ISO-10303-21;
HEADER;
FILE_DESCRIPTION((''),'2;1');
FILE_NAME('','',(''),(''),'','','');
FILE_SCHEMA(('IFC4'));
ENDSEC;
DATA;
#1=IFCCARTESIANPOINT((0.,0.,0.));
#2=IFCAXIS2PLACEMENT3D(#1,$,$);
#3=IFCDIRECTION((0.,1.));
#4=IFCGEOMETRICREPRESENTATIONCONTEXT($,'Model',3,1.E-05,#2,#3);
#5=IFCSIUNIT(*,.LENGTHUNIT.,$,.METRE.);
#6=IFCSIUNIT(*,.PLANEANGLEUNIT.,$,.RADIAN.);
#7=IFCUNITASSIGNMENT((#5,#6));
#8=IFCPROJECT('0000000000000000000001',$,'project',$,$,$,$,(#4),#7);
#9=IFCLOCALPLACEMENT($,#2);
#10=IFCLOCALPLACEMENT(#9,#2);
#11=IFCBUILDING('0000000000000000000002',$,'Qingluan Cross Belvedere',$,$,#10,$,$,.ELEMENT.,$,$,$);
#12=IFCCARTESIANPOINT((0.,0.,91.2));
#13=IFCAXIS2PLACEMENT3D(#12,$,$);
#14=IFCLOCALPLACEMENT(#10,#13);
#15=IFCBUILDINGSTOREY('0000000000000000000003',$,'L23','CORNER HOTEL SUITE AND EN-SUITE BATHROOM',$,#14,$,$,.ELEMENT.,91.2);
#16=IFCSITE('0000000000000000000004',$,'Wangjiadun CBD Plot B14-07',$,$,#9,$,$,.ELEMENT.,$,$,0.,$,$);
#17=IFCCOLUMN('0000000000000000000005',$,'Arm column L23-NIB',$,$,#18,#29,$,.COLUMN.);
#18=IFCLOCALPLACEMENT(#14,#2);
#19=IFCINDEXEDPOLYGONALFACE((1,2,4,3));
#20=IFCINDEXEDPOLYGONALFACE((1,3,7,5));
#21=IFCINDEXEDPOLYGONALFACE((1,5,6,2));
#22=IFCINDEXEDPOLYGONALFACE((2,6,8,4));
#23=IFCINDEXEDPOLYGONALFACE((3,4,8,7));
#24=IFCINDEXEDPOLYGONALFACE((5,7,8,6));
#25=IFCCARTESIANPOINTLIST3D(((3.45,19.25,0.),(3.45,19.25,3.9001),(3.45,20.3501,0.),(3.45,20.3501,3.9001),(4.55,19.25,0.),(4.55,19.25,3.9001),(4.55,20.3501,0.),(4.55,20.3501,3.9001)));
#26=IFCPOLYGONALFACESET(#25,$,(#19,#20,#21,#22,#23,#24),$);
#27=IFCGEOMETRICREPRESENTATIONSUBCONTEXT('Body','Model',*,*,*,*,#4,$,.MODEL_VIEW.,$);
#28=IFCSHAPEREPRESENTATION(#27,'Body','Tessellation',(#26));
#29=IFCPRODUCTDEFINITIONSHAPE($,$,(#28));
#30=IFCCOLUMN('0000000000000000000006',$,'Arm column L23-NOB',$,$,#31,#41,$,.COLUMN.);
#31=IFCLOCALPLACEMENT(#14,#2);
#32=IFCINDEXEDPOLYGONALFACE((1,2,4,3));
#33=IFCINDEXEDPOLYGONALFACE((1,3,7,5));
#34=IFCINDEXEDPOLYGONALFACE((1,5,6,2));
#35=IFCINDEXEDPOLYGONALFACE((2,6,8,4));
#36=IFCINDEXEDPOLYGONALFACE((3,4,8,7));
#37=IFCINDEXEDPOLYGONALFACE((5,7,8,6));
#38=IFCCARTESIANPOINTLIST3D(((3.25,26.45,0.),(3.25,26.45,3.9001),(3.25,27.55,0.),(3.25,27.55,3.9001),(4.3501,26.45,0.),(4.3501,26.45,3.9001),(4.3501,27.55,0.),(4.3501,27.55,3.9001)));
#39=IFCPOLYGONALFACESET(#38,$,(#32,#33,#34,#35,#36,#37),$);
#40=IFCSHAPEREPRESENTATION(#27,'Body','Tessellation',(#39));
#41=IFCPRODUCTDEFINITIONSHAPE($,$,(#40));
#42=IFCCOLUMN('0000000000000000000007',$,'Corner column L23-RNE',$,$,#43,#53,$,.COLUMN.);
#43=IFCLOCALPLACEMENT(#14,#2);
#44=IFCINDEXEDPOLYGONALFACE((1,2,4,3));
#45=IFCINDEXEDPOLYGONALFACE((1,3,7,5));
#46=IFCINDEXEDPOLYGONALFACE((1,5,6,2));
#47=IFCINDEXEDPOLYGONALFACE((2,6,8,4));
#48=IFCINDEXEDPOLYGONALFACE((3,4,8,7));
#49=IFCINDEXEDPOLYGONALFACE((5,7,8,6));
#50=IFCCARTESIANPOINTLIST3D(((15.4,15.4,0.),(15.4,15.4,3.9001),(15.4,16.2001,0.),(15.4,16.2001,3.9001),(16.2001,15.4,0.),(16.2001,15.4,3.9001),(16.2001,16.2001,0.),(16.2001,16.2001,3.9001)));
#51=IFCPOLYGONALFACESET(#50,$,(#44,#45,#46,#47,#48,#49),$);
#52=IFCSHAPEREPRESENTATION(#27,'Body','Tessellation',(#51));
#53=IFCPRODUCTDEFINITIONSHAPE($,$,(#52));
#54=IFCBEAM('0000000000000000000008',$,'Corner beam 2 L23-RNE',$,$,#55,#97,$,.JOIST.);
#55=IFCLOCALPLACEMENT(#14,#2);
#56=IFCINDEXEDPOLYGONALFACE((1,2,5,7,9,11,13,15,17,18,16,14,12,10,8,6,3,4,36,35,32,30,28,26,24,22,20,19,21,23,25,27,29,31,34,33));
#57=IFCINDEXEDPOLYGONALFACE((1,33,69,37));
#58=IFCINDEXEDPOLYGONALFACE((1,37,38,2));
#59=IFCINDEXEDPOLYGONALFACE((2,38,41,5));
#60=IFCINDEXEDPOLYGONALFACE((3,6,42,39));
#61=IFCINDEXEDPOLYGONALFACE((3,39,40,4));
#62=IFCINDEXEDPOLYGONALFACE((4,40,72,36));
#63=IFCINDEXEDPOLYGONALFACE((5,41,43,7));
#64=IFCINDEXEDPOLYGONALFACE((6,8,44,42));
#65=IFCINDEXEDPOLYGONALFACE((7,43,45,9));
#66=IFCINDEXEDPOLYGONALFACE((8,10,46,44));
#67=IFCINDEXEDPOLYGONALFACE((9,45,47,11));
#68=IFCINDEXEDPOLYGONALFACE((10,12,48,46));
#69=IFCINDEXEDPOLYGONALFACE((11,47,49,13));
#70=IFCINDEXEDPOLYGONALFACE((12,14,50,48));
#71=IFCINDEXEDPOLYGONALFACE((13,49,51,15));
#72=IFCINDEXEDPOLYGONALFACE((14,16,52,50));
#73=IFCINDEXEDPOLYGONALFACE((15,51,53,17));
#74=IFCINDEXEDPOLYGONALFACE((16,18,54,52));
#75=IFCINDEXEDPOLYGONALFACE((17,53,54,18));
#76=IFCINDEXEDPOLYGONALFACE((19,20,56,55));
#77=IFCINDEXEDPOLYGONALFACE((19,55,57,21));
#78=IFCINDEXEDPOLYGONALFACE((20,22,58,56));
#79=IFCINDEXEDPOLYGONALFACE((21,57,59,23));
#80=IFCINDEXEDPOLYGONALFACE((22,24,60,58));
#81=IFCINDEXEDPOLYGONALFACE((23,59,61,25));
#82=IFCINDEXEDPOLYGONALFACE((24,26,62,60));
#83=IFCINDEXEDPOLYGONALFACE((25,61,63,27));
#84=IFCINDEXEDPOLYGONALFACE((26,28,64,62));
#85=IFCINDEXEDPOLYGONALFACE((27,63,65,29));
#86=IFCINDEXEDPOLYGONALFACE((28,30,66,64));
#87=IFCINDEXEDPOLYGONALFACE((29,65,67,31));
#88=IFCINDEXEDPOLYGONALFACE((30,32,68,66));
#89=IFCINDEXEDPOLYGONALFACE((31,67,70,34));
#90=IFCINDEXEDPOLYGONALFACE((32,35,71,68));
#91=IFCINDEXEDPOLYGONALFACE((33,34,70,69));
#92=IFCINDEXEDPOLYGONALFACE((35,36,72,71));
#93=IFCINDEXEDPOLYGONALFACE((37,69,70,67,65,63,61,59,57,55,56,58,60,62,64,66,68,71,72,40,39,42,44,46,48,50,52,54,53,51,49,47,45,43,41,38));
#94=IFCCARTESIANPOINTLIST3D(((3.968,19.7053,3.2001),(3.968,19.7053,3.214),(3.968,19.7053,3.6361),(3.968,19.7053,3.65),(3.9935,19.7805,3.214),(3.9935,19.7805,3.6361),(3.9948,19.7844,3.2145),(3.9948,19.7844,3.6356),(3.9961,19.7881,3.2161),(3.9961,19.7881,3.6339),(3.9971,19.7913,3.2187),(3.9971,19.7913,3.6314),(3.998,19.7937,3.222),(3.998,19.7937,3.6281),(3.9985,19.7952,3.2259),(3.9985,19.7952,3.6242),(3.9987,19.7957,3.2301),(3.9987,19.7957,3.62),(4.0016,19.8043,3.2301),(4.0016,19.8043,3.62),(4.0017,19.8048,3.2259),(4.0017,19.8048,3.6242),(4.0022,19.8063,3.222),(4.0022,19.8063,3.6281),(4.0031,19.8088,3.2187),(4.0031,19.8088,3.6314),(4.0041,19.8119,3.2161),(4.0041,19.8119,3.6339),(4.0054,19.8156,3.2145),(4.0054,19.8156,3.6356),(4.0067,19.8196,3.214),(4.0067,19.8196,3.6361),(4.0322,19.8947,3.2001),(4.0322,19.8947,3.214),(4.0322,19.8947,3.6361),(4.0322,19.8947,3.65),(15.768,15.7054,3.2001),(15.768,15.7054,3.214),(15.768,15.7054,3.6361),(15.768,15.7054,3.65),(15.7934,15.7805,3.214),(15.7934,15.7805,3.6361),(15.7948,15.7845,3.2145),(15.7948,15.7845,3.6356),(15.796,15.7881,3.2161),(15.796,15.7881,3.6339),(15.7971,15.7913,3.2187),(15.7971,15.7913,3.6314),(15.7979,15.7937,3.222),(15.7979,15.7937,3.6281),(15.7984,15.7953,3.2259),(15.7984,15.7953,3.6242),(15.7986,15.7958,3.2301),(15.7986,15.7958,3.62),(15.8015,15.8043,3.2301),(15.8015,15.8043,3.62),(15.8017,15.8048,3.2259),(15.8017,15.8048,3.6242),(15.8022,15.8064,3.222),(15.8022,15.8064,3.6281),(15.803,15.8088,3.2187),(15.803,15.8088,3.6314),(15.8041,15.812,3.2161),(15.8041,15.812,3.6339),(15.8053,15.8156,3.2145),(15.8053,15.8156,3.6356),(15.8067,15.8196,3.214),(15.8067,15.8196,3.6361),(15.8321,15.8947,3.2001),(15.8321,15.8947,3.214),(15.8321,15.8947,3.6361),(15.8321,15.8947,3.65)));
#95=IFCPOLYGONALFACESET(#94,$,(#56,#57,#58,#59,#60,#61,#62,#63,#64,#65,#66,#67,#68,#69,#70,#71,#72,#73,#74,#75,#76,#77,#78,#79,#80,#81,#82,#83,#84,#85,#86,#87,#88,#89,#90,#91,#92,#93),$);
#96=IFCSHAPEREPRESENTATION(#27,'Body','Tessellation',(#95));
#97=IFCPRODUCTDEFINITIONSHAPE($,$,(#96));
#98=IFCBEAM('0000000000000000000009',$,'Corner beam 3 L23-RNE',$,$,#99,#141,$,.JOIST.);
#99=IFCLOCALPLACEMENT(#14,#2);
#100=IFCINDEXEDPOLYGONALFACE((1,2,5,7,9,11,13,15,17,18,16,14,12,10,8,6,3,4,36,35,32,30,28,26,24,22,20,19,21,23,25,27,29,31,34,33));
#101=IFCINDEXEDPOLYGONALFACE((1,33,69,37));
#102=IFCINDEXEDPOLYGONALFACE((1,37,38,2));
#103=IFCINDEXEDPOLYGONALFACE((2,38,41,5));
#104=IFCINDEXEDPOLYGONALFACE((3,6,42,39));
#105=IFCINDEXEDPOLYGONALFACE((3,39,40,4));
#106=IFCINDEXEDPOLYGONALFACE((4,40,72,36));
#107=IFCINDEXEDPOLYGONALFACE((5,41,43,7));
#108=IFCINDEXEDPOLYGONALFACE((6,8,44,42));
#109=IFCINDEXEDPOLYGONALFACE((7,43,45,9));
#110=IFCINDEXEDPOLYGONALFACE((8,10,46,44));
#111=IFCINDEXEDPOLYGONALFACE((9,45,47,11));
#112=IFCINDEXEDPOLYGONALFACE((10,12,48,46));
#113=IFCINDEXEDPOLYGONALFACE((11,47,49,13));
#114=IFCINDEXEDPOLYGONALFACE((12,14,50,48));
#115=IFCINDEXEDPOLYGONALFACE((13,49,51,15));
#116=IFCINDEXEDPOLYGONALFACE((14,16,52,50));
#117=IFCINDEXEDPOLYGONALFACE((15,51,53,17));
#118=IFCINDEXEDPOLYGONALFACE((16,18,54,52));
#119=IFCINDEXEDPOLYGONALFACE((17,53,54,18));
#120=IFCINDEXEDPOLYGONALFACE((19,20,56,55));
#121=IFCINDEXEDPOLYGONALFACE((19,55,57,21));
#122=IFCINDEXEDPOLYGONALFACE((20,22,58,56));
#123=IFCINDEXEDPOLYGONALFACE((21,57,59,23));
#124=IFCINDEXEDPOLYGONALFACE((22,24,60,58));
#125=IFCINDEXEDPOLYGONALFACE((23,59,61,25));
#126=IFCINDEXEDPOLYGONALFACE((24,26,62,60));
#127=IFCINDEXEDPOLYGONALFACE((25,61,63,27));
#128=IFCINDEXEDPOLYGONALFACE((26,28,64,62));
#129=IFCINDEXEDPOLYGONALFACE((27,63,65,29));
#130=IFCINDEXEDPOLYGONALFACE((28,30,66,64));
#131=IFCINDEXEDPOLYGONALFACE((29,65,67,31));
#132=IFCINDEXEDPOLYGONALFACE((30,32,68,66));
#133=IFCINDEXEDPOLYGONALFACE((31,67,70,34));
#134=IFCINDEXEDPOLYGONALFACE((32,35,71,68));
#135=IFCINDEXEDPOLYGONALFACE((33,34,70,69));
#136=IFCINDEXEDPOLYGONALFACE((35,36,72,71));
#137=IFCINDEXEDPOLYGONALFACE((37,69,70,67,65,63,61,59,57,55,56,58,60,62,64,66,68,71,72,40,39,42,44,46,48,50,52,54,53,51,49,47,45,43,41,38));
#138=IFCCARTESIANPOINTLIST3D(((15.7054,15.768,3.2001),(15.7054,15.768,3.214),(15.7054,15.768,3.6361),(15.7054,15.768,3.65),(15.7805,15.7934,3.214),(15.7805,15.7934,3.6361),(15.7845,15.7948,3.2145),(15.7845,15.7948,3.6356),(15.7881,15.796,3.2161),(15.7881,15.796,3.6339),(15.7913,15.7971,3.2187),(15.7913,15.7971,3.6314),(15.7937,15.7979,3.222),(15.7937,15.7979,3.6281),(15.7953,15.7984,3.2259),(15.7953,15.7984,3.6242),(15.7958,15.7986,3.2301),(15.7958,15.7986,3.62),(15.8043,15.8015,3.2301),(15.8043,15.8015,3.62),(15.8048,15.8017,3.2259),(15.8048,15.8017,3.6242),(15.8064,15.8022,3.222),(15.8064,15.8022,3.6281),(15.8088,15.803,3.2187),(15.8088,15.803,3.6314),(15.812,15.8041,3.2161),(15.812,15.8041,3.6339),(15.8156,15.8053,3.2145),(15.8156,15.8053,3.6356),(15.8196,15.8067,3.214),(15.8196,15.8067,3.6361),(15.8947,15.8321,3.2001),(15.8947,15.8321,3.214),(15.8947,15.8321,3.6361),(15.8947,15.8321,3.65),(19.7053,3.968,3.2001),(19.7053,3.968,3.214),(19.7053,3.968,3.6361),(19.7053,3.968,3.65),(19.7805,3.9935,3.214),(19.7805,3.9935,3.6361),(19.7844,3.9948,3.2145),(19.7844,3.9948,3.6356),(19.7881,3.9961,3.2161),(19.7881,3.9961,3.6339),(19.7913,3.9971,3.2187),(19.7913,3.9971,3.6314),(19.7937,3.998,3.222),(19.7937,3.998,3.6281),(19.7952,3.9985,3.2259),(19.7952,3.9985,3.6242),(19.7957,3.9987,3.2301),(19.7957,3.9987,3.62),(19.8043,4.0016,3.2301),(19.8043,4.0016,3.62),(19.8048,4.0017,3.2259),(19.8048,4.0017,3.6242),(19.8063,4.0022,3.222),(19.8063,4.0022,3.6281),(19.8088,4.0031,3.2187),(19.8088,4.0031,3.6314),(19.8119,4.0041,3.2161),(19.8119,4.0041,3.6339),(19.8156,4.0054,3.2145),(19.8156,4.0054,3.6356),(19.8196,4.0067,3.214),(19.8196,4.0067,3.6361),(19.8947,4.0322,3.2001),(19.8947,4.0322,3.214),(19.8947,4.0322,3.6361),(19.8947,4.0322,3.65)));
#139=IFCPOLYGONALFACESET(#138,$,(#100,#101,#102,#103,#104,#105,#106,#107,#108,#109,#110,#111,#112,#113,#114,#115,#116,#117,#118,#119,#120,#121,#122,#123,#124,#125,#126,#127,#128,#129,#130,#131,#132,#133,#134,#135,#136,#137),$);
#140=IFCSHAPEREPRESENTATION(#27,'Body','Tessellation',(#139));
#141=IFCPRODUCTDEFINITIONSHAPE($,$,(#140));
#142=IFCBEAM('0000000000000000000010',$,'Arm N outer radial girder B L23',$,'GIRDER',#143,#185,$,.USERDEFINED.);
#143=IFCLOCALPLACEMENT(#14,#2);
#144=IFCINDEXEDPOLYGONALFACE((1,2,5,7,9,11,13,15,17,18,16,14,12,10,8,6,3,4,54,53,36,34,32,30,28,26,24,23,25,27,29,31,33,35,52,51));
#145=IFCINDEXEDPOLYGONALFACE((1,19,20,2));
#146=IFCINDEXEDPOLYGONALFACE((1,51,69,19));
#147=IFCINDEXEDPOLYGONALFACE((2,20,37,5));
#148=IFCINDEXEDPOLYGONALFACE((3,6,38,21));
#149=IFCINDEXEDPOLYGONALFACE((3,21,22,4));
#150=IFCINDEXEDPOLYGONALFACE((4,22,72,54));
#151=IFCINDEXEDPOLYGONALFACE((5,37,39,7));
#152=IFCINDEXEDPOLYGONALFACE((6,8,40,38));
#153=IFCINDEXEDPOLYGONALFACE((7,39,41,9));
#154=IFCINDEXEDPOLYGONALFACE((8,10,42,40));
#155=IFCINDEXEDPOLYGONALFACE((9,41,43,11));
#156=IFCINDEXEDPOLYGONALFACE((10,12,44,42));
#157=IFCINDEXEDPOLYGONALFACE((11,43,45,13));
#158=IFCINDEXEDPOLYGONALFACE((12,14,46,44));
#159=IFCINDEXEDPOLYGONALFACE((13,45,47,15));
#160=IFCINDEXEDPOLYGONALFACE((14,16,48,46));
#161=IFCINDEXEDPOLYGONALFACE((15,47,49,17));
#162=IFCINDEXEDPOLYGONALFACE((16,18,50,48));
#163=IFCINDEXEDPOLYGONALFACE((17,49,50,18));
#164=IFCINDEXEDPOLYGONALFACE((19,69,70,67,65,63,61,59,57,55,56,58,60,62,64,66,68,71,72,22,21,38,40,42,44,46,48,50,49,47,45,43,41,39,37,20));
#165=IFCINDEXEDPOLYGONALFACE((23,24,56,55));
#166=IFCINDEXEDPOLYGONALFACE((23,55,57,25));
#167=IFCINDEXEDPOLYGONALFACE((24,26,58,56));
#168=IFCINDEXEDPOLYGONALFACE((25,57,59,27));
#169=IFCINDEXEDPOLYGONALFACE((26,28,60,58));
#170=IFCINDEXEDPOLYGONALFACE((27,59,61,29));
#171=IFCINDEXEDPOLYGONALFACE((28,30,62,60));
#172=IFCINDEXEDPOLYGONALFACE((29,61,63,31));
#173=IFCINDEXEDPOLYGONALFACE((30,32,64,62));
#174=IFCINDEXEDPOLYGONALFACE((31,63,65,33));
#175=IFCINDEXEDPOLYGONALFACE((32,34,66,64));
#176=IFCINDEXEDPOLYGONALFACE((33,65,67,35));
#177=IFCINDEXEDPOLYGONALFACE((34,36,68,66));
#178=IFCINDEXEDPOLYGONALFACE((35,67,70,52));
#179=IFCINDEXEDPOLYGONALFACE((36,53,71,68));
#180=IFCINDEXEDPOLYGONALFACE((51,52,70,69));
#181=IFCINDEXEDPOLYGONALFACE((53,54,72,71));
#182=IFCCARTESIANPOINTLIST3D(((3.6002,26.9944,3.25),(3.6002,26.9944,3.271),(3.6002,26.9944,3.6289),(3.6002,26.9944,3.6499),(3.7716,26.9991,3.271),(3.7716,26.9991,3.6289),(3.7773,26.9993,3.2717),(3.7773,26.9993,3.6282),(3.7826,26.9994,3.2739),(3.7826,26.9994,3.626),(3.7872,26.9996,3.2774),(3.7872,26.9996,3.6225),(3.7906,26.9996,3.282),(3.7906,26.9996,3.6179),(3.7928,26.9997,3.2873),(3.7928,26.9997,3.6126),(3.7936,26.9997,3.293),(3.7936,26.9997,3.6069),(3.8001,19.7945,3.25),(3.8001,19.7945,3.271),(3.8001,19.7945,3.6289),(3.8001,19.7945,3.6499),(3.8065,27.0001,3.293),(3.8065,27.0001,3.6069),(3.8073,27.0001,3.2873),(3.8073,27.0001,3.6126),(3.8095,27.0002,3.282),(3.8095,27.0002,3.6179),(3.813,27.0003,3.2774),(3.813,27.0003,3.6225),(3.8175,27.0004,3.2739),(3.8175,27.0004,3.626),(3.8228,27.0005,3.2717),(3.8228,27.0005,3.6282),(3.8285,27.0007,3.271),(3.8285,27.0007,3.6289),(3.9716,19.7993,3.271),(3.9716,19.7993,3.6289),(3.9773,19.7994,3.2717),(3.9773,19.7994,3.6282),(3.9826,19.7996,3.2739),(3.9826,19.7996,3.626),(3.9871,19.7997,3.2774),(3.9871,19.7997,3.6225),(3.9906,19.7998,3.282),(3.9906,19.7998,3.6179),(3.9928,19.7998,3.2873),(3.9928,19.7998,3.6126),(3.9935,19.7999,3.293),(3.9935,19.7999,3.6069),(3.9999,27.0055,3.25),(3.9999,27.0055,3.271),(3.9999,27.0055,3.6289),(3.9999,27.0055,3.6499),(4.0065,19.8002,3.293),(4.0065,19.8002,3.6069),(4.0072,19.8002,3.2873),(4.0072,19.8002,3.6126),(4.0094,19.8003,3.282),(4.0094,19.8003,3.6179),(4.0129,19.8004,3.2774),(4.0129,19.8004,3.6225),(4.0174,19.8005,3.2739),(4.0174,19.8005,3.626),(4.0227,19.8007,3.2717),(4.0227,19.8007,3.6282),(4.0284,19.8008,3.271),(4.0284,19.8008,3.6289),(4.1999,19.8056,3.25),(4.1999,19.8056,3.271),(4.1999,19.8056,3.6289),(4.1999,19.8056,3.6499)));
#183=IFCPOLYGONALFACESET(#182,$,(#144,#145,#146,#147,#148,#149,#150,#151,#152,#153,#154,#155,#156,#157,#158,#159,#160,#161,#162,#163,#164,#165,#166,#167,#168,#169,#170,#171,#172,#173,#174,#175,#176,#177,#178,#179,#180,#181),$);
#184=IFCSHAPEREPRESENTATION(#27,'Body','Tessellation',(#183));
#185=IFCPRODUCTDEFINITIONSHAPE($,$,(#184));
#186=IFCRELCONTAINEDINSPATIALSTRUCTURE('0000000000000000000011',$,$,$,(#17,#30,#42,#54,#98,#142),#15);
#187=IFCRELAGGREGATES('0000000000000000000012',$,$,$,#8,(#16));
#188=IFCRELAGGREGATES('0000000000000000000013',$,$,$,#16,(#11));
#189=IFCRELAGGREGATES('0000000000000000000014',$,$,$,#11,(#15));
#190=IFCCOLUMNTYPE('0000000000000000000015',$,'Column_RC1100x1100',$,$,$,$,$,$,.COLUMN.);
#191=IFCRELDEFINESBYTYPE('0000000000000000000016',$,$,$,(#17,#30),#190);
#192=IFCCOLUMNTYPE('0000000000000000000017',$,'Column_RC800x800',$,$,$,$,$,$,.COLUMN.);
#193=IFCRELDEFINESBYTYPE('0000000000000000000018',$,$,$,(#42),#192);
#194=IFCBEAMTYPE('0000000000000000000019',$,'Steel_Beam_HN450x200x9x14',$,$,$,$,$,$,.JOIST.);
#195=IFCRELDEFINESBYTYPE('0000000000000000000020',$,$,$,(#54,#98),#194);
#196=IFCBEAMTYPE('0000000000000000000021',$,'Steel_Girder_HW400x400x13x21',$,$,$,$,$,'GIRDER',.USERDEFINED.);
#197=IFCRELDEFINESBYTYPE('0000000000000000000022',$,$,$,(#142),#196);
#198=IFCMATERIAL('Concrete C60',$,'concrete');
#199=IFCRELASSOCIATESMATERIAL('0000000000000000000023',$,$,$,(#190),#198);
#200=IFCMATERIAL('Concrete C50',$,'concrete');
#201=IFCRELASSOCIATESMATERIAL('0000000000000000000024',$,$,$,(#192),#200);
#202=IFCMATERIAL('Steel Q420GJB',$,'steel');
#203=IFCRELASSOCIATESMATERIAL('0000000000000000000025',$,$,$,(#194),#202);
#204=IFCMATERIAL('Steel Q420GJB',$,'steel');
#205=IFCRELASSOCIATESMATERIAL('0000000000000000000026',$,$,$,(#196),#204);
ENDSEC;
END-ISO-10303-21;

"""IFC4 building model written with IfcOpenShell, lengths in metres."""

from ifc_helpers import new_model, si_unit, direction, frame, origin, origin_2d, place, context, subcontext, project, spatial, rectangle, i_section, extrude, material, material_profile, profile_set, type_object, element, save


model = new_model("IFC4")

# Units and contexts
model_context = context("Model", 3, precision=1e-05, world=origin(), true_north=direction((0.0, 1.0)))
body_context = subcontext(model_context, "Body", "Model", "MODEL_VIEW")
ifc_project = project(units=[si_unit("LENGTHUNIT", "METRE"), si_unit("PLANEANGLEUNIT", "RADIAN")], contexts=[model_context])

# Site, building, storey
site_placement = place(None, origin())
site = spatial("IfcSite", under=ifc_project, at=site_placement, Name="Wangjiadun CBD Plot B14-07", CompositionType="ELEMENT", RefElevation=0.0)
building_placement = place(site_placement, origin())
building = spatial("IfcBuilding", under=site, at=building_placement, Name="Qingluan Cross Belvedere", CompositionType="ELEMENT")
storey_placement = place(building_placement, frame((0.0, 0.0, 91.2)))
storey = spatial("IfcBuildingStorey", under=building, at=storey_placement, Name="L23", Description="CORNER HOTEL SUITE AND EN-SUITE BATHROOM", CompositionType="ELEMENT", Elevation=91.2)

# Columns
ifc_material_1 = material(Name="Concrete C60", Category="concrete")
ifc_material_profile_1 = material_profile(ifc_material_1, rectangle(XDim=1.1001, YDim=1.1001, at=origin_2d()), Name="RC1100x1100")
ifc_profile_set_1 = profile_set([ifc_material_profile_1], Name="Concrete C60")
column_type_1 = type_object("IfcColumnType", Name="Column_RC1100x1100", PredefinedType="COLUMN", material=ifc_profile_set_1)
for number, where, z_axis, x_axis, name in (
    (1, (4.0, 19.8, 0.0), (0.0, 0.0, 1.0), (1.0, 0.0, 0.0), "Arm column L23-NIB"),
    (2, (3.8, 27.0, 0.0), (0.0, 0.0, 1.0), (1.0, 0.0, 0.0), "Arm column L23-NOB"),
):
    element("IfcColumn", number, at=place(storey_placement, frame(where, z_axis=z_axis, x_axis=x_axis)), inside=storey, type_object=column_type_1, Name=name, PredefinedType="COLUMN", context=body_context, shape_type="SweptSolid", body=[
        extrude(rectangle(XDim=1.1001, YDim=1.1001, at=origin_2d()), origin(), (0.0, 0.0, 1.0), 3.9001),
    ])
ifc_material_2 = material(Name="Concrete C50", Category="concrete")
ifc_material_profile_2 = material_profile(ifc_material_2, rectangle(XDim=0.8, YDim=0.8, at=origin_2d()), Name="RC800x800")
ifc_profile_set_2 = profile_set([ifc_material_profile_2], Name="Concrete C50")
column_type_2 = type_object("IfcColumnType", Name="Column_RC800x800", PredefinedType="COLUMN", material=ifc_profile_set_2)
column_placement = place(storey_placement, frame((15.8, 15.8, 0.0), z_axis=(0.0, 0.0, 1.0), x_axis=(1.0, 0.0, 0.0)))
element("IfcColumn", 3, at=column_placement, inside=storey, type_object=column_type_2, Name="Corner column L23-RNE", PredefinedType="COLUMN", context=body_context, shape_type="SweptSolid", body=[
    extrude(rectangle(XDim=0.8, YDim=0.8, at=origin_2d()), origin(), (0.0, 0.0, 1.0), 3.9001),
])

# Beams
ifc_material_3 = material(Name="Steel Q420GJB", Category="steel")
ifc_material_profile_3 = material_profile(ifc_material_3, i_section(OverallWidth=0.2, OverallDepth=0.45, WebThickness=0.009, FlangeThickness=0.0139, FilletRadius=0.0161, at=origin_2d()), Name="HN450x200x9x14")
ifc_profile_set_3 = profile_set([ifc_material_profile_3], Name="Steel Q420GJB")
beam_type_1 = type_object("IfcBeamType", Name="Steel_Beam_HN450x200x9x14", PredefinedType="JOIST", material=ifc_profile_set_3)
for number, where, z_axis, x_axis, name in (
    (4, (15.8, 15.8, 3.425), (-0.947066, 0.321038, 0.0), (-0.321038, -0.947066, 0.0), "Corner beam 2 L23-RNE"),
    (5, (15.8, 15.8, 3.425), (0.321038, -0.947066, 0.0), (0.947066, 0.321038, 0.0), "Corner beam 3 L23-RNE"),
):
    element("IfcBeam", number, at=place(storey_placement, frame(where, z_axis=z_axis, x_axis=x_axis)), inside=storey, type_object=beam_type_1, Name=name, PredefinedType="JOIST", context=body_context, shape_type="SweptSolid", body=[
        extrude(i_section(OverallWidth=0.2, OverallDepth=0.45, WebThickness=0.009, FlangeThickness=0.0139, FilletRadius=0.0161, at=origin_2d()), origin(), (0.0, 0.0, 1.0), 12.4595),
    ])
ifc_material_4 = material(Name="Steel Q420GJB", Category="steel")
ifc_material_profile_4 = material_profile(ifc_material_4, i_section(OverallWidth=0.3999, OverallDepth=0.3999, WebThickness=0.0129, FlangeThickness=0.021, FilletRadius=0.022, at=origin_2d()), Name="HW400x400x13x21")
ifc_profile_set_4 = profile_set([ifc_material_profile_4], Name="Steel Q420GJB")
beam_type_2 = type_object("IfcBeamType", Name="Steel_Girder_HW400x400x13x21", ElementType="GIRDER", PredefinedType="USERDEFINED", material=ifc_profile_set_4)
beam_placement = place(storey_placement, frame((4.0, 19.8, 3.45), z_axis=(-0.02776, 0.999615, 0.0), x_axis=(-0.999615, -0.02776, 0.0)))
element("IfcBeam", 6, at=beam_placement, inside=storey, type_object=beam_type_2, Name="Arm N outer radial girder B L23", ObjectType="GIRDER", PredefinedType="USERDEFINED", context=body_context, shape_type="SweptSolid", body=[
    extrude(i_section(OverallWidth=0.3999, OverallDepth=0.3999, WebThickness=0.0129, FlangeThickness=0.021, FilletRadius=0.022, at=origin_2d()), origin(), (0.0, 0.0, 1.0), 7.2026),
])

save(model, "model.ifc")
